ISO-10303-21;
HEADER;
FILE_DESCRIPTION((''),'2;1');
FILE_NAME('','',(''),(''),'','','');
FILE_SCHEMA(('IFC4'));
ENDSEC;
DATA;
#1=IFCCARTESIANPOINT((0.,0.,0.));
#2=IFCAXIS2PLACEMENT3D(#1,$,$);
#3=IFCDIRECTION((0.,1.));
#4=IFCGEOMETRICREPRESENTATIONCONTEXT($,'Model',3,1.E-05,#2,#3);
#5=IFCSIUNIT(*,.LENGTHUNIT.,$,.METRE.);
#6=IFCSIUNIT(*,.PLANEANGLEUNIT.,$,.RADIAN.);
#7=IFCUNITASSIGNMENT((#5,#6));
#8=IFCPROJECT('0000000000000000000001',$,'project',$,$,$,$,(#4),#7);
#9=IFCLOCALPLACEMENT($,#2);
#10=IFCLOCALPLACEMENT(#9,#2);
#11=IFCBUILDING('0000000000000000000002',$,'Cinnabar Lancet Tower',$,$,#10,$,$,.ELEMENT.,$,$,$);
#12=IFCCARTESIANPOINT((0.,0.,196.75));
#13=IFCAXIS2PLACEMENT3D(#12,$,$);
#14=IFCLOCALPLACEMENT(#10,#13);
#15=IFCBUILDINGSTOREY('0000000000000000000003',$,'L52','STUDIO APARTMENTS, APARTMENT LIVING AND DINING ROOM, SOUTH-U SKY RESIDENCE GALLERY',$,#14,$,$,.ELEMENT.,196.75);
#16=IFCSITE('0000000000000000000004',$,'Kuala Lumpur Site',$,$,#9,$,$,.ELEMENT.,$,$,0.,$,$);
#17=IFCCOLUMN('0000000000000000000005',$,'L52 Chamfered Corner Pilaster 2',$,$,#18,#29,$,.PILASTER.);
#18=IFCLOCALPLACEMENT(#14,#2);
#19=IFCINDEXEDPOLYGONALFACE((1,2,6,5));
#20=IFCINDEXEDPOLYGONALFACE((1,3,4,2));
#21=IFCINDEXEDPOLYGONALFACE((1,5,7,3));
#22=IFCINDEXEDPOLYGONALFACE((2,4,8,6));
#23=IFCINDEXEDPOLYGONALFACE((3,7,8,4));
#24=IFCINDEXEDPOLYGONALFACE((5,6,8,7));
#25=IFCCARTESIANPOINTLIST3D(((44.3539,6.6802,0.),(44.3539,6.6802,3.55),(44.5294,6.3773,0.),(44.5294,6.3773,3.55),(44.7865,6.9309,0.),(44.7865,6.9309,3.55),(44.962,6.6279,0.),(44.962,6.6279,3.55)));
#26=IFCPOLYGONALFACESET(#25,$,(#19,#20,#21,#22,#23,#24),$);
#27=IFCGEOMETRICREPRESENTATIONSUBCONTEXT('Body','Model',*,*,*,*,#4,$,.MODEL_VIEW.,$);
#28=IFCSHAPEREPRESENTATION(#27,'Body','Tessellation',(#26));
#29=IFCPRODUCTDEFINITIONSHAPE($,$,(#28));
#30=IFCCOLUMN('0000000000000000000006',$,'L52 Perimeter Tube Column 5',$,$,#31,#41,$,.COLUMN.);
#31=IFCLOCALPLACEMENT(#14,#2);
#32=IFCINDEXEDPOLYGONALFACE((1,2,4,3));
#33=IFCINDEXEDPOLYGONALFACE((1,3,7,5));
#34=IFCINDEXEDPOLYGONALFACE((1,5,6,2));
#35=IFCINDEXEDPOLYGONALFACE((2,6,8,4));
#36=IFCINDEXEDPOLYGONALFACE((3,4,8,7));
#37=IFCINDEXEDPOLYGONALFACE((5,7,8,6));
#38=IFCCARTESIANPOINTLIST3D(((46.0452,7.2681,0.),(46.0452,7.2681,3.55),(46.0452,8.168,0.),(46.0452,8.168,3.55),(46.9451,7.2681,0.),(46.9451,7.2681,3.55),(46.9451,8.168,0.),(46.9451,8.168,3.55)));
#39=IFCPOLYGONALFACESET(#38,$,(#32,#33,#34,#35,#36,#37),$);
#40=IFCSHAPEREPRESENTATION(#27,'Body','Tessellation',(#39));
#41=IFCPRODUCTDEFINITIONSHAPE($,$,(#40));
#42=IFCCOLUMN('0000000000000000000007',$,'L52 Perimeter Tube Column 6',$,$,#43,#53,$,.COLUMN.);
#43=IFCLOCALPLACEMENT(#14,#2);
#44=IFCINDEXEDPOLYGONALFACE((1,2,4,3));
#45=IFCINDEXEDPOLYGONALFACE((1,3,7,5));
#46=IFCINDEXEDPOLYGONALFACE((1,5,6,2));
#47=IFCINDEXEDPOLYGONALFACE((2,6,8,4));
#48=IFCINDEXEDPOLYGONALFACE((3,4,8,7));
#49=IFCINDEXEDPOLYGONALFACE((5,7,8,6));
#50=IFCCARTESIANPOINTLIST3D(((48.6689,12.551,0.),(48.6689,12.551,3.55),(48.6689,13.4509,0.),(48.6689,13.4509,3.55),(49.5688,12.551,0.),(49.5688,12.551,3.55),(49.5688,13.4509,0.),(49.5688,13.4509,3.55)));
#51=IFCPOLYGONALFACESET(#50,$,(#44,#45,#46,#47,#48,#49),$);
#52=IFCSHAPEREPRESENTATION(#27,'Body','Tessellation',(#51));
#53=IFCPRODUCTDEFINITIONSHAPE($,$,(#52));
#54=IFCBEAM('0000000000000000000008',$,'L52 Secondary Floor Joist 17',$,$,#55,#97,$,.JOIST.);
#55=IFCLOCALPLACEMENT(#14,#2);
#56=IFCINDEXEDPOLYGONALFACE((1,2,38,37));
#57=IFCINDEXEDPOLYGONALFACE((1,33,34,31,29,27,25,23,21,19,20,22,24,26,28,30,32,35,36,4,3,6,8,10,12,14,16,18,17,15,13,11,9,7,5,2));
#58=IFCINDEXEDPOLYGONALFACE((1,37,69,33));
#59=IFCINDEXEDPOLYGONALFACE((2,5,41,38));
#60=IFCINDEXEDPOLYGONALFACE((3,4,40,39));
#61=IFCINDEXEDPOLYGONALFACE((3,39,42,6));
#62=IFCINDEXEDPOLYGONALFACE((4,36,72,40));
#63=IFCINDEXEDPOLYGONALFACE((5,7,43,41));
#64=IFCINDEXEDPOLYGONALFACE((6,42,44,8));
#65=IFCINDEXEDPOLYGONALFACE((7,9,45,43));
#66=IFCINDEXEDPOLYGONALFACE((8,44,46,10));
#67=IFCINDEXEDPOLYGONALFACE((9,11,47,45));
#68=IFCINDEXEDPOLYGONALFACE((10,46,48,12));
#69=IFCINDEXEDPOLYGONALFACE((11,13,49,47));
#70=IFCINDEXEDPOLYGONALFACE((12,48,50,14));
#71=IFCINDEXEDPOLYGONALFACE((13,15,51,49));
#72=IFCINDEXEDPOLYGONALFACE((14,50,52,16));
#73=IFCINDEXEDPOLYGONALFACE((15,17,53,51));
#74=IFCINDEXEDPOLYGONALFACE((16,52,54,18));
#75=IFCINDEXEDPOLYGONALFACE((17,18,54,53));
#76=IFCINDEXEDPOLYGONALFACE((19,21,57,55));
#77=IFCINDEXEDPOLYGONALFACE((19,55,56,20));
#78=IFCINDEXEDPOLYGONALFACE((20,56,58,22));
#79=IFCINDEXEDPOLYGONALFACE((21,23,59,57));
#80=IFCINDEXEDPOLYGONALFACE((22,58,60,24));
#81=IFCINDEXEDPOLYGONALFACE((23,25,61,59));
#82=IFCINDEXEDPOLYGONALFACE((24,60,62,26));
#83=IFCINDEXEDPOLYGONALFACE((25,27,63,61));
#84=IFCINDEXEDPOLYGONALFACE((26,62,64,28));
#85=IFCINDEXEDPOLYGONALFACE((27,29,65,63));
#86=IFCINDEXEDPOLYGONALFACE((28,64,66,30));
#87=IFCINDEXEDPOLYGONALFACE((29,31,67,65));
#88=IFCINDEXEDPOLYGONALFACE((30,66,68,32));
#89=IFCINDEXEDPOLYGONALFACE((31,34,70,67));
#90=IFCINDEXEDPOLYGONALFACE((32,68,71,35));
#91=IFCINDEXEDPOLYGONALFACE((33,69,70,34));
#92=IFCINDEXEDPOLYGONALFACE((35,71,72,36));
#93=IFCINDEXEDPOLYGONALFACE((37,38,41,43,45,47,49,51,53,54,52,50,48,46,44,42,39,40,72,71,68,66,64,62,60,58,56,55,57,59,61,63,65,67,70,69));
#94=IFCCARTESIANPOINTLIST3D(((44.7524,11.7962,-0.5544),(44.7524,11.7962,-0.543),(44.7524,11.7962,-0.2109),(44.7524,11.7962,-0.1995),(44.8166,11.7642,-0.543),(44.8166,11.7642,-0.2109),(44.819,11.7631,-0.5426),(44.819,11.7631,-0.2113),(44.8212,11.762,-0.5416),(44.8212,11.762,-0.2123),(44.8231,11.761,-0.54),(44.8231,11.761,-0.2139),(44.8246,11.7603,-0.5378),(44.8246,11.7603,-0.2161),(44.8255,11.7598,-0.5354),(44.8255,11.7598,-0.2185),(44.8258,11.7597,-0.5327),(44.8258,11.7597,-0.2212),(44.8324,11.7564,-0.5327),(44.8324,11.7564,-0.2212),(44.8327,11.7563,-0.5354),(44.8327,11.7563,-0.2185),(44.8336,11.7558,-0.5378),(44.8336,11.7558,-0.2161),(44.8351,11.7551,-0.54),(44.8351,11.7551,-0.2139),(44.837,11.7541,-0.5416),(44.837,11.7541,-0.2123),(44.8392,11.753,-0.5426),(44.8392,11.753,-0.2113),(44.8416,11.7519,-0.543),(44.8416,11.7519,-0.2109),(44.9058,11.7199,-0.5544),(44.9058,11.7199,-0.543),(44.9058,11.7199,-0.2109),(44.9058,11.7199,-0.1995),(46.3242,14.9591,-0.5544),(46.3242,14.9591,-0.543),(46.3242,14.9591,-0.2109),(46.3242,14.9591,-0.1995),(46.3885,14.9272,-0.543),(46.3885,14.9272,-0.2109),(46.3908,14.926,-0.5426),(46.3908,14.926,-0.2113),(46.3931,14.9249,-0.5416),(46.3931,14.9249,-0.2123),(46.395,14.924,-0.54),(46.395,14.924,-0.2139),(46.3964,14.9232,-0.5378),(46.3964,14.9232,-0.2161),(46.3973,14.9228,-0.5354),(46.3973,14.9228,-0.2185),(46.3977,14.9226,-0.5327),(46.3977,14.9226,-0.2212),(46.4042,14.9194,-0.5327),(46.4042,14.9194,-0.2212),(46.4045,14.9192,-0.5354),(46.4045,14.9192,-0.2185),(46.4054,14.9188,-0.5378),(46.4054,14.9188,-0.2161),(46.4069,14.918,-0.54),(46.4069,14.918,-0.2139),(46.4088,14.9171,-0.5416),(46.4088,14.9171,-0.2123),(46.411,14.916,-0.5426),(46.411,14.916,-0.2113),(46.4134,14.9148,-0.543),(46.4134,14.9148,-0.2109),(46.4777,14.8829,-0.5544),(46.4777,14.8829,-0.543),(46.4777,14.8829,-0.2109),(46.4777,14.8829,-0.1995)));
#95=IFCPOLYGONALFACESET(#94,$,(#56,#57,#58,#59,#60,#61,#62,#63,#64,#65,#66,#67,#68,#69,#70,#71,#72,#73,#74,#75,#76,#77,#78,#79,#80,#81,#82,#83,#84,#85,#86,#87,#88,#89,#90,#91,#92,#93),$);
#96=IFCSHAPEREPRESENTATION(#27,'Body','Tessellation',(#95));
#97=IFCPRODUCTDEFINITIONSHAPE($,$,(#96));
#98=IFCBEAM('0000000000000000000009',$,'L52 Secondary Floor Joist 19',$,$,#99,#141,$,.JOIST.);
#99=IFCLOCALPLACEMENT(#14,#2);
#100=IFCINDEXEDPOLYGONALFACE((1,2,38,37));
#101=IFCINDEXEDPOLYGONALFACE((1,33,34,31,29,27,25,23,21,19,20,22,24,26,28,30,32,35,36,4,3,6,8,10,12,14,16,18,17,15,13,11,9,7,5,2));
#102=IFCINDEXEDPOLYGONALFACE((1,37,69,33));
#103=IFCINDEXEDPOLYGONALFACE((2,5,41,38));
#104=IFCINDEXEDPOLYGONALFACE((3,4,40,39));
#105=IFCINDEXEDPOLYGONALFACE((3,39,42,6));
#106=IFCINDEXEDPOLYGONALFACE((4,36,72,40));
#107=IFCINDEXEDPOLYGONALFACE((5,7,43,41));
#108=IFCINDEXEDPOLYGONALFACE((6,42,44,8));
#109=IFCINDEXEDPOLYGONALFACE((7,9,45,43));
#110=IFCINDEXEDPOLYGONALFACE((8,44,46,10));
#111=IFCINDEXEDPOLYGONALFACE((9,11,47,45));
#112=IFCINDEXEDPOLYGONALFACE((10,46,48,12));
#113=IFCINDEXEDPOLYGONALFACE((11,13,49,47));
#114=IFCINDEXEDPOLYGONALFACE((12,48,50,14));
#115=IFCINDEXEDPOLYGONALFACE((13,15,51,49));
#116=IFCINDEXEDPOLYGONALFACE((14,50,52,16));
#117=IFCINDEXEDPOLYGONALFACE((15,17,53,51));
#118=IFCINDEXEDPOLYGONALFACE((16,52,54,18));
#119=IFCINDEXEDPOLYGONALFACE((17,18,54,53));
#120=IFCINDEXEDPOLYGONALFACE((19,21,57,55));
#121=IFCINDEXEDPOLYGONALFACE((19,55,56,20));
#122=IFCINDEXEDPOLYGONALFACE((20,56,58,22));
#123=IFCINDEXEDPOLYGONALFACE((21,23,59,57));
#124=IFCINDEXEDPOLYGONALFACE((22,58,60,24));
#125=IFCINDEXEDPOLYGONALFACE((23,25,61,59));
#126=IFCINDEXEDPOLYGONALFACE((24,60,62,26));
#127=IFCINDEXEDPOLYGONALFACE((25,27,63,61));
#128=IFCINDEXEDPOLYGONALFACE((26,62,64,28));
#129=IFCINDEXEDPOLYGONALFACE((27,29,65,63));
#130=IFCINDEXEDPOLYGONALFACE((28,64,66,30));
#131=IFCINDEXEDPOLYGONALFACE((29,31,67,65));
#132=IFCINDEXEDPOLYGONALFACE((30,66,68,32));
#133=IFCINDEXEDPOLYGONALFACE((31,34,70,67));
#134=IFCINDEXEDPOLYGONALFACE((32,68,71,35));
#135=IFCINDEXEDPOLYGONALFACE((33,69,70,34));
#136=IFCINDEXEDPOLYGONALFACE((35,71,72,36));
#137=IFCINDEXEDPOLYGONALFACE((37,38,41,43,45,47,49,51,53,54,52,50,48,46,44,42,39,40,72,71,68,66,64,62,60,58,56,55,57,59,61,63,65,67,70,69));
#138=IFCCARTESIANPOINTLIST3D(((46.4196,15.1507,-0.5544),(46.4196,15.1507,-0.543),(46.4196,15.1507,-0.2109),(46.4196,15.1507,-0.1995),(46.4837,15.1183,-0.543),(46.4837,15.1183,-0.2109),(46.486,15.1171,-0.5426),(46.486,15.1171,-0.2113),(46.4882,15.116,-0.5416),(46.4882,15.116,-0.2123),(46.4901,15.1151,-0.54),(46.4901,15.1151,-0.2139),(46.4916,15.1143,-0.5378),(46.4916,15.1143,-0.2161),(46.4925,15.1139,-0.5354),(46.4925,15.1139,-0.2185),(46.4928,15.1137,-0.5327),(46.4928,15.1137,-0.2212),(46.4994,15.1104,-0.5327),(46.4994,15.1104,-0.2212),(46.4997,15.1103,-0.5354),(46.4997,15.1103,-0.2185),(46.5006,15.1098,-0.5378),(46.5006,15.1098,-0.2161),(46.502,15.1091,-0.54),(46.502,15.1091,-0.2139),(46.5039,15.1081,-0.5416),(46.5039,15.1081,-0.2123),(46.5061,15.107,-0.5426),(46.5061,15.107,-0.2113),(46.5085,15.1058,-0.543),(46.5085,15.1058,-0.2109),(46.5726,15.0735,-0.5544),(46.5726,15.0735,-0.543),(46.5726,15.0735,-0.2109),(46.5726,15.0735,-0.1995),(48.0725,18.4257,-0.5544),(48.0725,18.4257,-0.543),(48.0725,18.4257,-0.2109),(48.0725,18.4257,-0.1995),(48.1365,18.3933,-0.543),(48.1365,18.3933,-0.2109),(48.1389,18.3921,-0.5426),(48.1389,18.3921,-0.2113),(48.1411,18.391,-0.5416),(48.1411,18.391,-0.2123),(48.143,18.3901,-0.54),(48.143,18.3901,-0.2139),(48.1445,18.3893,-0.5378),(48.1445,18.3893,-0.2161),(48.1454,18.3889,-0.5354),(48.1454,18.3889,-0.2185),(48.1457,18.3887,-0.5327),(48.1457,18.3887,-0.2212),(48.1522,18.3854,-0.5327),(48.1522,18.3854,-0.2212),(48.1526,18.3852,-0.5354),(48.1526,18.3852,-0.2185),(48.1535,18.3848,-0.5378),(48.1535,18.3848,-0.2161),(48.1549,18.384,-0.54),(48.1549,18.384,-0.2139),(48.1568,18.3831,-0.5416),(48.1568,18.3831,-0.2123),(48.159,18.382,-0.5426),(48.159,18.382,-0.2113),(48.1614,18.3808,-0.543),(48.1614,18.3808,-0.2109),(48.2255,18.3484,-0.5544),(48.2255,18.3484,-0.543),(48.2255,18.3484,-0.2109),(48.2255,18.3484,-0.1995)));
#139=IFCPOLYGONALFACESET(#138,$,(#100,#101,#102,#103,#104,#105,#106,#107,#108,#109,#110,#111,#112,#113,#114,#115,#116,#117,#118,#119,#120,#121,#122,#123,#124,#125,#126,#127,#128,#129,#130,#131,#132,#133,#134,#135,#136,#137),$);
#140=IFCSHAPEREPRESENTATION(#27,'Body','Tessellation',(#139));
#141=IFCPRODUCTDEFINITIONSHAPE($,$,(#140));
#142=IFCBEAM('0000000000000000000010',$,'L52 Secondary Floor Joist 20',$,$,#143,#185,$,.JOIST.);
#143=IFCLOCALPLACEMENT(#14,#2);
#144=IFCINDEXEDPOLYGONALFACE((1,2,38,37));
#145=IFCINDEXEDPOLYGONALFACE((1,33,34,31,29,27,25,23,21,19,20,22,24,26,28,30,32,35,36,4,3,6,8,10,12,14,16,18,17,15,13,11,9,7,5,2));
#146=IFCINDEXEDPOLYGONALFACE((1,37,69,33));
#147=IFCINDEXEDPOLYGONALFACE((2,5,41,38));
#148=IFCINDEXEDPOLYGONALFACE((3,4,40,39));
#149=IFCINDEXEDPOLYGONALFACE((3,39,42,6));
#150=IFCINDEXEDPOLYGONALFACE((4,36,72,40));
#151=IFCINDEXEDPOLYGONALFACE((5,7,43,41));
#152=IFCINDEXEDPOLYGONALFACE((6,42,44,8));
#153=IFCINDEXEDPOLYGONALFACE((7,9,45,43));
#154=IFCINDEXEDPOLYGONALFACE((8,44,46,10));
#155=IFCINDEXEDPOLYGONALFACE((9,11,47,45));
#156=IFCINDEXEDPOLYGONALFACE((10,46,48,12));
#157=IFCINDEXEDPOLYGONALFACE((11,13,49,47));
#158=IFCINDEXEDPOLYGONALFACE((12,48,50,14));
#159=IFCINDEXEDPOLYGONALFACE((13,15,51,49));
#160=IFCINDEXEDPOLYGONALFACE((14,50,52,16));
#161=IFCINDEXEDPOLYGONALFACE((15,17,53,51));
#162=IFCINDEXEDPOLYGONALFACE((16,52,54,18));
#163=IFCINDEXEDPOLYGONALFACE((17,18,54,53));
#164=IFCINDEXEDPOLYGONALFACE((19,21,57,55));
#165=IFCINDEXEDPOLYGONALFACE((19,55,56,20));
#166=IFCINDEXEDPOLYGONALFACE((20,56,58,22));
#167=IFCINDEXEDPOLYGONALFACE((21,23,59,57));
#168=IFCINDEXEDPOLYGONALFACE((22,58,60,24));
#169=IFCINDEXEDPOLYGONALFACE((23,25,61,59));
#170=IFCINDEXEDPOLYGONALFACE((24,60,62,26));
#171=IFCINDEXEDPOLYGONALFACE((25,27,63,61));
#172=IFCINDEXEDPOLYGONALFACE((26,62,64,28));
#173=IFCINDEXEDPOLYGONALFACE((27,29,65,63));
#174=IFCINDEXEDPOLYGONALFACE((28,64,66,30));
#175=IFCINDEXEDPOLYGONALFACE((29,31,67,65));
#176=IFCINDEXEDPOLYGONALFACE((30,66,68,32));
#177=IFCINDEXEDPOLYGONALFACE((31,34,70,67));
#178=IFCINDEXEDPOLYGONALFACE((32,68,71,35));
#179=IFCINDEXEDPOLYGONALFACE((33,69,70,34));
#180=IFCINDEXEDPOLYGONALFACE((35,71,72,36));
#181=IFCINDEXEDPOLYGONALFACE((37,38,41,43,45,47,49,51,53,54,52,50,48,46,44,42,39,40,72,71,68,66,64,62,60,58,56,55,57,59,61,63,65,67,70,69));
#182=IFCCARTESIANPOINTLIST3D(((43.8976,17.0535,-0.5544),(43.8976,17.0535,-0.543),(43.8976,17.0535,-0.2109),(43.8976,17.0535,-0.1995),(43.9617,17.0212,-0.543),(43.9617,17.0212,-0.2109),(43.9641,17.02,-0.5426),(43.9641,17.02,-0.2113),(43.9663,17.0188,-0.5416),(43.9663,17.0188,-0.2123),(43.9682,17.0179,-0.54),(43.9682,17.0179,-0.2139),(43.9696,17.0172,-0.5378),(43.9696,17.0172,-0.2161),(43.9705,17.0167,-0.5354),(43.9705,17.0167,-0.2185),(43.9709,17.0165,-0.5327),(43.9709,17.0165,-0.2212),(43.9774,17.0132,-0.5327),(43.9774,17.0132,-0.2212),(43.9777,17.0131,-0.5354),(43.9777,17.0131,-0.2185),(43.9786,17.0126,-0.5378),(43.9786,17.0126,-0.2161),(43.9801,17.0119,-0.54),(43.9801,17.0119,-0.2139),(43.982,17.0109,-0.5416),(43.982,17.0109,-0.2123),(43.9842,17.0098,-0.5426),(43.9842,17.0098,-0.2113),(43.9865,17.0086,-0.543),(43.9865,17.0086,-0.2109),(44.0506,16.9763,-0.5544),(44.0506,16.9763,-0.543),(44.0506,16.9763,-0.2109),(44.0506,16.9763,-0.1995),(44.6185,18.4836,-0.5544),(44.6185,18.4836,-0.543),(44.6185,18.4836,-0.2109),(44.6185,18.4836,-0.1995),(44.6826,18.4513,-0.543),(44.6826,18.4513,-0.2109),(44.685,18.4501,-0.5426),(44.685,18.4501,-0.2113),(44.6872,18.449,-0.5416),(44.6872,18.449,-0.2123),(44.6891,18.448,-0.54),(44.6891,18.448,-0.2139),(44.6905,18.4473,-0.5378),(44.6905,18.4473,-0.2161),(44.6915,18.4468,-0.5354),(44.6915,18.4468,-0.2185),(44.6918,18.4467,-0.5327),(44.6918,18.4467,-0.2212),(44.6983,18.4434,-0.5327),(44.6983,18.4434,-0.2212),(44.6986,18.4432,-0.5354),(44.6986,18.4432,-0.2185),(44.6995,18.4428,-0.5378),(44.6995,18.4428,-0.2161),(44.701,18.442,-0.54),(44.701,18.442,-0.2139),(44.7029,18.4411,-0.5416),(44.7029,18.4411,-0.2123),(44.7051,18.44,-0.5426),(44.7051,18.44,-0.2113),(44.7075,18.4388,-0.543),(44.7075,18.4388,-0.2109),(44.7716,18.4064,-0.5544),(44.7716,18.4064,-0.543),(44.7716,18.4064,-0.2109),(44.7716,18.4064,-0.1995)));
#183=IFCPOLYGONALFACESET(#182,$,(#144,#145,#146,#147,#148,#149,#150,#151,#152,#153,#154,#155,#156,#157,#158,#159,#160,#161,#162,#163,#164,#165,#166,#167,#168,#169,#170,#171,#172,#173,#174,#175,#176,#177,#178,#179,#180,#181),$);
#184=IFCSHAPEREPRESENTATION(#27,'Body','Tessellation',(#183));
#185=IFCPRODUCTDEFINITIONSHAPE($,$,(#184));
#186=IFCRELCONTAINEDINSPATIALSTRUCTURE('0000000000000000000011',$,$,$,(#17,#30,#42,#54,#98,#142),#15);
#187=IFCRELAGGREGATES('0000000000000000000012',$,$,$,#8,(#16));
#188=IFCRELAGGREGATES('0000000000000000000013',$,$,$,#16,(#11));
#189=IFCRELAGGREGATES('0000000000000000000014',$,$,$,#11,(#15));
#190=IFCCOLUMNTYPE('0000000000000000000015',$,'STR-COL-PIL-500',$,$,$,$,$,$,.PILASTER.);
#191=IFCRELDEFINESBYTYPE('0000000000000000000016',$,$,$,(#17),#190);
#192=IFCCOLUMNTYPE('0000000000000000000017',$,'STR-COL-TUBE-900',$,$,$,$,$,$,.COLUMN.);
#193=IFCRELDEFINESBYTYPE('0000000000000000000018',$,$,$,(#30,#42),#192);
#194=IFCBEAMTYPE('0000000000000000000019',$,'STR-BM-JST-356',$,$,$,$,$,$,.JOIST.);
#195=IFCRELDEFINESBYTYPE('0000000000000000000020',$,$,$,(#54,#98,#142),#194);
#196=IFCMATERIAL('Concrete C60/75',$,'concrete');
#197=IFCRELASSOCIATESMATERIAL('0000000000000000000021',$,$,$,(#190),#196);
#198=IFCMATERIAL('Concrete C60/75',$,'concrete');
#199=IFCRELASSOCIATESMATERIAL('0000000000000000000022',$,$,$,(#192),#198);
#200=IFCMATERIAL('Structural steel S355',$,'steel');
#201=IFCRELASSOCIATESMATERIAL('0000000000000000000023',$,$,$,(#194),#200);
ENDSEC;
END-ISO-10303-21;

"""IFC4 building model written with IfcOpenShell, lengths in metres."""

from ifc_helpers import new_model, si_unit, direction, frame, origin, origin_2d, place, context, subcontext, project, spatial, rectangle, i_section, extrude, material, material_profile, profile_set, type_object, element, save


model = new_model("IFC4")

# Units and contexts
model_context = context("Model", 3, precision=1e-05, world=origin(), true_north=direction((0.0, 1.0)))
body_context = subcontext(model_context, "Body", "Model", "MODEL_VIEW")
ifc_project = project(units=[si_unit("LENGTHUNIT", "METRE"), si_unit("PLANEANGLEUNIT", "RADIAN")], contexts=[model_context])

# Site, building, storey
site_placement = place(None, origin())
site = spatial("IfcSite", under=ifc_project, at=site_placement, Name="Kuala Lumpur Site", CompositionType="ELEMENT", RefElevation=0.0)
building_placement = place(site_placement, origin())
building = spatial("IfcBuilding", under=site, at=building_placement, Name="Cinnabar Lancet Tower", CompositionType="ELEMENT")
storey_placement = place(building_placement, frame((0.0, 0.0, 196.75)))
storey = spatial("IfcBuildingStorey", under=building, at=storey_placement, Name="L52", Description="STUDIO APARTMENTS, APARTMENT LIVING AND DINING ROOM, SOUTH-U SKY RESIDENCE GALLERY", CompositionType="ELEMENT", Elevation=196.75)

# Columns
ifc_material_1 = material(Name="Concrete C60/75", Category="concrete")
ifc_material_profile_1 = material_profile(ifc_material_1, rectangle(XDim=0.5, YDim=0.3501, at=origin_2d()), Name="RC-PIL 500x350")
ifc_profile_set_1 = profile_set([ifc_material_profile_1], Name="Concrete C60/75")
column_type_1 = type_object("IfcColumnType", Name="STR-COL-PIL-500", PredefinedType="PILASTER", material=ifc_profile_set_1)
column_placement = place(storey_placement, frame((44.658, 6.6541, 0.0), z_axis=(0.0, 0.0, 1.0), x_axis=(0.86523, 0.501375, 0.0)))
element("IfcColumn", 1, at=column_placement, inside=storey, type_object=column_type_1, Name="L52 Chamfered Corner Pilaster 2", PredefinedType="PILASTER", context=body_context, shape_type="SweptSolid", body=[
    extrude(rectangle(XDim=0.5, YDim=0.3501, at=origin_2d()), origin(), (0.0, 0.0, 1.0), 3.55),
])
ifc_material_2 = material(Name="Concrete C60/75", Category="concrete")
ifc_material_profile_2 = material_profile(ifc_material_2, rectangle(XDim=0.8999, YDim=0.8999, at=origin_2d()), Name="RC-COL 900x900")
ifc_profile_set_2 = profile_set([ifc_material_profile_2], Name="Concrete C60/75")
column_type_2 = type_object("IfcColumnType", Name="STR-COL-TUBE-900", PredefinedType="COLUMN", material=ifc_profile_set_2)
for number, where, z_axis, x_axis, name in (
    (2, (46.4951, 7.718, 0.0), (0.0, 0.0, 1.0), (1.0, 0.0, 0.0), "L52 Perimeter Tube Column 5"),
    (3, (49.1189, 13.001, 0.0), (0.0, 0.0, 1.0), (1.0, 0.0, 0.0), "L52 Perimeter Tube Column 6"),
):
    element("IfcColumn", number, at=place(storey_placement, frame(where, z_axis=z_axis, x_axis=x_axis)), inside=storey, type_object=column_type_2, Name=name, PredefinedType="COLUMN", context=body_context, shape_type="SweptSolid", body=[
        extrude(rectangle(XDim=0.8999, YDim=0.8999, at=origin_2d()), origin(), (0.0, 0.0, 1.0), 3.55),
    ])

# Beams
ifc_material_3 = material(Name="Structural steel S355", Category="steel")
ifc_material_profile_3 = material_profile(ifc_material_3, i_section(OverallWidth=0.1714, OverallDepth=0.355, WebThickness=0.0073, FlangeThickness=0.0115, FilletRadius=0.0103, at=origin_2d()), Name="UKB 356x171x51")
ifc_profile_set_3 = profile_set([ifc_material_profile_3], Name="Structural steel S355")
beam_type_1 = type_object("IfcBeamType", Name="STR-BM-JST-356", PredefinedType="JOIST", material=ifc_profile_set_3)
beam_1_placement = place(storey_placement, frame((44.8291, 11.7581, -0.377), z_axis=(0.445028, 0.895517, 0.0), x_axis=(-0.895517, 0.445028, 0.0)))
element("IfcBeam", 4, at=beam_1_placement, inside=storey, type_object=beam_type_1, Name="L52 Secondary Floor Joist 17", PredefinedType="JOIST", context=body_context, shape_type="SweptSolid", body=[
    extrude(i_section(OverallWidth=0.1714, OverallDepth=0.355, WebThickness=0.0073, FlangeThickness=0.0115, FilletRadius=0.0103, at=origin_2d()), origin(), (0.0, 0.0, 1.0), 3.532),
])
beam_2_placement = place(storey_placement, frame((46.4961, 15.1121, -0.377), z_axis=(0.450565, 0.892744, 0.0), x_axis=(-0.892744, 0.450565, 0.0)))
element("IfcBeam", 5, at=beam_2_placement, inside=storey, type_object=beam_type_1, Name="L52 Secondary Floor Joist 19", PredefinedType="JOIST", context=body_context, shape_type="SweptSolid", body=[
    extrude(i_section(OverallWidth=0.1714, OverallDepth=0.355, WebThickness=0.0073, FlangeThickness=0.0115, FilletRadius=0.0103, at=origin_2d()), origin(), (0.0, 0.0, 1.0), 3.6685),
])
beam_3_placement = place(storey_placement, frame((43.9741, 17.0149, -0.377), z_axis=(0.450138, 0.892959, 0.0), x_axis=(-0.892959, 0.450138, 0.0)))
element("IfcBeam", 6, at=beam_3_placement, inside=storey, type_object=beam_type_1, Name="L52 Secondary Floor Joist 20", PredefinedType="JOIST", context=body_context, shape_type="SweptSolid", body=[
    extrude(i_section(OverallWidth=0.1714, OverallDepth=0.355, WebThickness=0.0073, FlangeThickness=0.0115, FilletRadius=0.0103, at=origin_2d()), origin(), (0.0, 0.0, 1.0), 1.6016),
])

save(model, "model.ifc")
